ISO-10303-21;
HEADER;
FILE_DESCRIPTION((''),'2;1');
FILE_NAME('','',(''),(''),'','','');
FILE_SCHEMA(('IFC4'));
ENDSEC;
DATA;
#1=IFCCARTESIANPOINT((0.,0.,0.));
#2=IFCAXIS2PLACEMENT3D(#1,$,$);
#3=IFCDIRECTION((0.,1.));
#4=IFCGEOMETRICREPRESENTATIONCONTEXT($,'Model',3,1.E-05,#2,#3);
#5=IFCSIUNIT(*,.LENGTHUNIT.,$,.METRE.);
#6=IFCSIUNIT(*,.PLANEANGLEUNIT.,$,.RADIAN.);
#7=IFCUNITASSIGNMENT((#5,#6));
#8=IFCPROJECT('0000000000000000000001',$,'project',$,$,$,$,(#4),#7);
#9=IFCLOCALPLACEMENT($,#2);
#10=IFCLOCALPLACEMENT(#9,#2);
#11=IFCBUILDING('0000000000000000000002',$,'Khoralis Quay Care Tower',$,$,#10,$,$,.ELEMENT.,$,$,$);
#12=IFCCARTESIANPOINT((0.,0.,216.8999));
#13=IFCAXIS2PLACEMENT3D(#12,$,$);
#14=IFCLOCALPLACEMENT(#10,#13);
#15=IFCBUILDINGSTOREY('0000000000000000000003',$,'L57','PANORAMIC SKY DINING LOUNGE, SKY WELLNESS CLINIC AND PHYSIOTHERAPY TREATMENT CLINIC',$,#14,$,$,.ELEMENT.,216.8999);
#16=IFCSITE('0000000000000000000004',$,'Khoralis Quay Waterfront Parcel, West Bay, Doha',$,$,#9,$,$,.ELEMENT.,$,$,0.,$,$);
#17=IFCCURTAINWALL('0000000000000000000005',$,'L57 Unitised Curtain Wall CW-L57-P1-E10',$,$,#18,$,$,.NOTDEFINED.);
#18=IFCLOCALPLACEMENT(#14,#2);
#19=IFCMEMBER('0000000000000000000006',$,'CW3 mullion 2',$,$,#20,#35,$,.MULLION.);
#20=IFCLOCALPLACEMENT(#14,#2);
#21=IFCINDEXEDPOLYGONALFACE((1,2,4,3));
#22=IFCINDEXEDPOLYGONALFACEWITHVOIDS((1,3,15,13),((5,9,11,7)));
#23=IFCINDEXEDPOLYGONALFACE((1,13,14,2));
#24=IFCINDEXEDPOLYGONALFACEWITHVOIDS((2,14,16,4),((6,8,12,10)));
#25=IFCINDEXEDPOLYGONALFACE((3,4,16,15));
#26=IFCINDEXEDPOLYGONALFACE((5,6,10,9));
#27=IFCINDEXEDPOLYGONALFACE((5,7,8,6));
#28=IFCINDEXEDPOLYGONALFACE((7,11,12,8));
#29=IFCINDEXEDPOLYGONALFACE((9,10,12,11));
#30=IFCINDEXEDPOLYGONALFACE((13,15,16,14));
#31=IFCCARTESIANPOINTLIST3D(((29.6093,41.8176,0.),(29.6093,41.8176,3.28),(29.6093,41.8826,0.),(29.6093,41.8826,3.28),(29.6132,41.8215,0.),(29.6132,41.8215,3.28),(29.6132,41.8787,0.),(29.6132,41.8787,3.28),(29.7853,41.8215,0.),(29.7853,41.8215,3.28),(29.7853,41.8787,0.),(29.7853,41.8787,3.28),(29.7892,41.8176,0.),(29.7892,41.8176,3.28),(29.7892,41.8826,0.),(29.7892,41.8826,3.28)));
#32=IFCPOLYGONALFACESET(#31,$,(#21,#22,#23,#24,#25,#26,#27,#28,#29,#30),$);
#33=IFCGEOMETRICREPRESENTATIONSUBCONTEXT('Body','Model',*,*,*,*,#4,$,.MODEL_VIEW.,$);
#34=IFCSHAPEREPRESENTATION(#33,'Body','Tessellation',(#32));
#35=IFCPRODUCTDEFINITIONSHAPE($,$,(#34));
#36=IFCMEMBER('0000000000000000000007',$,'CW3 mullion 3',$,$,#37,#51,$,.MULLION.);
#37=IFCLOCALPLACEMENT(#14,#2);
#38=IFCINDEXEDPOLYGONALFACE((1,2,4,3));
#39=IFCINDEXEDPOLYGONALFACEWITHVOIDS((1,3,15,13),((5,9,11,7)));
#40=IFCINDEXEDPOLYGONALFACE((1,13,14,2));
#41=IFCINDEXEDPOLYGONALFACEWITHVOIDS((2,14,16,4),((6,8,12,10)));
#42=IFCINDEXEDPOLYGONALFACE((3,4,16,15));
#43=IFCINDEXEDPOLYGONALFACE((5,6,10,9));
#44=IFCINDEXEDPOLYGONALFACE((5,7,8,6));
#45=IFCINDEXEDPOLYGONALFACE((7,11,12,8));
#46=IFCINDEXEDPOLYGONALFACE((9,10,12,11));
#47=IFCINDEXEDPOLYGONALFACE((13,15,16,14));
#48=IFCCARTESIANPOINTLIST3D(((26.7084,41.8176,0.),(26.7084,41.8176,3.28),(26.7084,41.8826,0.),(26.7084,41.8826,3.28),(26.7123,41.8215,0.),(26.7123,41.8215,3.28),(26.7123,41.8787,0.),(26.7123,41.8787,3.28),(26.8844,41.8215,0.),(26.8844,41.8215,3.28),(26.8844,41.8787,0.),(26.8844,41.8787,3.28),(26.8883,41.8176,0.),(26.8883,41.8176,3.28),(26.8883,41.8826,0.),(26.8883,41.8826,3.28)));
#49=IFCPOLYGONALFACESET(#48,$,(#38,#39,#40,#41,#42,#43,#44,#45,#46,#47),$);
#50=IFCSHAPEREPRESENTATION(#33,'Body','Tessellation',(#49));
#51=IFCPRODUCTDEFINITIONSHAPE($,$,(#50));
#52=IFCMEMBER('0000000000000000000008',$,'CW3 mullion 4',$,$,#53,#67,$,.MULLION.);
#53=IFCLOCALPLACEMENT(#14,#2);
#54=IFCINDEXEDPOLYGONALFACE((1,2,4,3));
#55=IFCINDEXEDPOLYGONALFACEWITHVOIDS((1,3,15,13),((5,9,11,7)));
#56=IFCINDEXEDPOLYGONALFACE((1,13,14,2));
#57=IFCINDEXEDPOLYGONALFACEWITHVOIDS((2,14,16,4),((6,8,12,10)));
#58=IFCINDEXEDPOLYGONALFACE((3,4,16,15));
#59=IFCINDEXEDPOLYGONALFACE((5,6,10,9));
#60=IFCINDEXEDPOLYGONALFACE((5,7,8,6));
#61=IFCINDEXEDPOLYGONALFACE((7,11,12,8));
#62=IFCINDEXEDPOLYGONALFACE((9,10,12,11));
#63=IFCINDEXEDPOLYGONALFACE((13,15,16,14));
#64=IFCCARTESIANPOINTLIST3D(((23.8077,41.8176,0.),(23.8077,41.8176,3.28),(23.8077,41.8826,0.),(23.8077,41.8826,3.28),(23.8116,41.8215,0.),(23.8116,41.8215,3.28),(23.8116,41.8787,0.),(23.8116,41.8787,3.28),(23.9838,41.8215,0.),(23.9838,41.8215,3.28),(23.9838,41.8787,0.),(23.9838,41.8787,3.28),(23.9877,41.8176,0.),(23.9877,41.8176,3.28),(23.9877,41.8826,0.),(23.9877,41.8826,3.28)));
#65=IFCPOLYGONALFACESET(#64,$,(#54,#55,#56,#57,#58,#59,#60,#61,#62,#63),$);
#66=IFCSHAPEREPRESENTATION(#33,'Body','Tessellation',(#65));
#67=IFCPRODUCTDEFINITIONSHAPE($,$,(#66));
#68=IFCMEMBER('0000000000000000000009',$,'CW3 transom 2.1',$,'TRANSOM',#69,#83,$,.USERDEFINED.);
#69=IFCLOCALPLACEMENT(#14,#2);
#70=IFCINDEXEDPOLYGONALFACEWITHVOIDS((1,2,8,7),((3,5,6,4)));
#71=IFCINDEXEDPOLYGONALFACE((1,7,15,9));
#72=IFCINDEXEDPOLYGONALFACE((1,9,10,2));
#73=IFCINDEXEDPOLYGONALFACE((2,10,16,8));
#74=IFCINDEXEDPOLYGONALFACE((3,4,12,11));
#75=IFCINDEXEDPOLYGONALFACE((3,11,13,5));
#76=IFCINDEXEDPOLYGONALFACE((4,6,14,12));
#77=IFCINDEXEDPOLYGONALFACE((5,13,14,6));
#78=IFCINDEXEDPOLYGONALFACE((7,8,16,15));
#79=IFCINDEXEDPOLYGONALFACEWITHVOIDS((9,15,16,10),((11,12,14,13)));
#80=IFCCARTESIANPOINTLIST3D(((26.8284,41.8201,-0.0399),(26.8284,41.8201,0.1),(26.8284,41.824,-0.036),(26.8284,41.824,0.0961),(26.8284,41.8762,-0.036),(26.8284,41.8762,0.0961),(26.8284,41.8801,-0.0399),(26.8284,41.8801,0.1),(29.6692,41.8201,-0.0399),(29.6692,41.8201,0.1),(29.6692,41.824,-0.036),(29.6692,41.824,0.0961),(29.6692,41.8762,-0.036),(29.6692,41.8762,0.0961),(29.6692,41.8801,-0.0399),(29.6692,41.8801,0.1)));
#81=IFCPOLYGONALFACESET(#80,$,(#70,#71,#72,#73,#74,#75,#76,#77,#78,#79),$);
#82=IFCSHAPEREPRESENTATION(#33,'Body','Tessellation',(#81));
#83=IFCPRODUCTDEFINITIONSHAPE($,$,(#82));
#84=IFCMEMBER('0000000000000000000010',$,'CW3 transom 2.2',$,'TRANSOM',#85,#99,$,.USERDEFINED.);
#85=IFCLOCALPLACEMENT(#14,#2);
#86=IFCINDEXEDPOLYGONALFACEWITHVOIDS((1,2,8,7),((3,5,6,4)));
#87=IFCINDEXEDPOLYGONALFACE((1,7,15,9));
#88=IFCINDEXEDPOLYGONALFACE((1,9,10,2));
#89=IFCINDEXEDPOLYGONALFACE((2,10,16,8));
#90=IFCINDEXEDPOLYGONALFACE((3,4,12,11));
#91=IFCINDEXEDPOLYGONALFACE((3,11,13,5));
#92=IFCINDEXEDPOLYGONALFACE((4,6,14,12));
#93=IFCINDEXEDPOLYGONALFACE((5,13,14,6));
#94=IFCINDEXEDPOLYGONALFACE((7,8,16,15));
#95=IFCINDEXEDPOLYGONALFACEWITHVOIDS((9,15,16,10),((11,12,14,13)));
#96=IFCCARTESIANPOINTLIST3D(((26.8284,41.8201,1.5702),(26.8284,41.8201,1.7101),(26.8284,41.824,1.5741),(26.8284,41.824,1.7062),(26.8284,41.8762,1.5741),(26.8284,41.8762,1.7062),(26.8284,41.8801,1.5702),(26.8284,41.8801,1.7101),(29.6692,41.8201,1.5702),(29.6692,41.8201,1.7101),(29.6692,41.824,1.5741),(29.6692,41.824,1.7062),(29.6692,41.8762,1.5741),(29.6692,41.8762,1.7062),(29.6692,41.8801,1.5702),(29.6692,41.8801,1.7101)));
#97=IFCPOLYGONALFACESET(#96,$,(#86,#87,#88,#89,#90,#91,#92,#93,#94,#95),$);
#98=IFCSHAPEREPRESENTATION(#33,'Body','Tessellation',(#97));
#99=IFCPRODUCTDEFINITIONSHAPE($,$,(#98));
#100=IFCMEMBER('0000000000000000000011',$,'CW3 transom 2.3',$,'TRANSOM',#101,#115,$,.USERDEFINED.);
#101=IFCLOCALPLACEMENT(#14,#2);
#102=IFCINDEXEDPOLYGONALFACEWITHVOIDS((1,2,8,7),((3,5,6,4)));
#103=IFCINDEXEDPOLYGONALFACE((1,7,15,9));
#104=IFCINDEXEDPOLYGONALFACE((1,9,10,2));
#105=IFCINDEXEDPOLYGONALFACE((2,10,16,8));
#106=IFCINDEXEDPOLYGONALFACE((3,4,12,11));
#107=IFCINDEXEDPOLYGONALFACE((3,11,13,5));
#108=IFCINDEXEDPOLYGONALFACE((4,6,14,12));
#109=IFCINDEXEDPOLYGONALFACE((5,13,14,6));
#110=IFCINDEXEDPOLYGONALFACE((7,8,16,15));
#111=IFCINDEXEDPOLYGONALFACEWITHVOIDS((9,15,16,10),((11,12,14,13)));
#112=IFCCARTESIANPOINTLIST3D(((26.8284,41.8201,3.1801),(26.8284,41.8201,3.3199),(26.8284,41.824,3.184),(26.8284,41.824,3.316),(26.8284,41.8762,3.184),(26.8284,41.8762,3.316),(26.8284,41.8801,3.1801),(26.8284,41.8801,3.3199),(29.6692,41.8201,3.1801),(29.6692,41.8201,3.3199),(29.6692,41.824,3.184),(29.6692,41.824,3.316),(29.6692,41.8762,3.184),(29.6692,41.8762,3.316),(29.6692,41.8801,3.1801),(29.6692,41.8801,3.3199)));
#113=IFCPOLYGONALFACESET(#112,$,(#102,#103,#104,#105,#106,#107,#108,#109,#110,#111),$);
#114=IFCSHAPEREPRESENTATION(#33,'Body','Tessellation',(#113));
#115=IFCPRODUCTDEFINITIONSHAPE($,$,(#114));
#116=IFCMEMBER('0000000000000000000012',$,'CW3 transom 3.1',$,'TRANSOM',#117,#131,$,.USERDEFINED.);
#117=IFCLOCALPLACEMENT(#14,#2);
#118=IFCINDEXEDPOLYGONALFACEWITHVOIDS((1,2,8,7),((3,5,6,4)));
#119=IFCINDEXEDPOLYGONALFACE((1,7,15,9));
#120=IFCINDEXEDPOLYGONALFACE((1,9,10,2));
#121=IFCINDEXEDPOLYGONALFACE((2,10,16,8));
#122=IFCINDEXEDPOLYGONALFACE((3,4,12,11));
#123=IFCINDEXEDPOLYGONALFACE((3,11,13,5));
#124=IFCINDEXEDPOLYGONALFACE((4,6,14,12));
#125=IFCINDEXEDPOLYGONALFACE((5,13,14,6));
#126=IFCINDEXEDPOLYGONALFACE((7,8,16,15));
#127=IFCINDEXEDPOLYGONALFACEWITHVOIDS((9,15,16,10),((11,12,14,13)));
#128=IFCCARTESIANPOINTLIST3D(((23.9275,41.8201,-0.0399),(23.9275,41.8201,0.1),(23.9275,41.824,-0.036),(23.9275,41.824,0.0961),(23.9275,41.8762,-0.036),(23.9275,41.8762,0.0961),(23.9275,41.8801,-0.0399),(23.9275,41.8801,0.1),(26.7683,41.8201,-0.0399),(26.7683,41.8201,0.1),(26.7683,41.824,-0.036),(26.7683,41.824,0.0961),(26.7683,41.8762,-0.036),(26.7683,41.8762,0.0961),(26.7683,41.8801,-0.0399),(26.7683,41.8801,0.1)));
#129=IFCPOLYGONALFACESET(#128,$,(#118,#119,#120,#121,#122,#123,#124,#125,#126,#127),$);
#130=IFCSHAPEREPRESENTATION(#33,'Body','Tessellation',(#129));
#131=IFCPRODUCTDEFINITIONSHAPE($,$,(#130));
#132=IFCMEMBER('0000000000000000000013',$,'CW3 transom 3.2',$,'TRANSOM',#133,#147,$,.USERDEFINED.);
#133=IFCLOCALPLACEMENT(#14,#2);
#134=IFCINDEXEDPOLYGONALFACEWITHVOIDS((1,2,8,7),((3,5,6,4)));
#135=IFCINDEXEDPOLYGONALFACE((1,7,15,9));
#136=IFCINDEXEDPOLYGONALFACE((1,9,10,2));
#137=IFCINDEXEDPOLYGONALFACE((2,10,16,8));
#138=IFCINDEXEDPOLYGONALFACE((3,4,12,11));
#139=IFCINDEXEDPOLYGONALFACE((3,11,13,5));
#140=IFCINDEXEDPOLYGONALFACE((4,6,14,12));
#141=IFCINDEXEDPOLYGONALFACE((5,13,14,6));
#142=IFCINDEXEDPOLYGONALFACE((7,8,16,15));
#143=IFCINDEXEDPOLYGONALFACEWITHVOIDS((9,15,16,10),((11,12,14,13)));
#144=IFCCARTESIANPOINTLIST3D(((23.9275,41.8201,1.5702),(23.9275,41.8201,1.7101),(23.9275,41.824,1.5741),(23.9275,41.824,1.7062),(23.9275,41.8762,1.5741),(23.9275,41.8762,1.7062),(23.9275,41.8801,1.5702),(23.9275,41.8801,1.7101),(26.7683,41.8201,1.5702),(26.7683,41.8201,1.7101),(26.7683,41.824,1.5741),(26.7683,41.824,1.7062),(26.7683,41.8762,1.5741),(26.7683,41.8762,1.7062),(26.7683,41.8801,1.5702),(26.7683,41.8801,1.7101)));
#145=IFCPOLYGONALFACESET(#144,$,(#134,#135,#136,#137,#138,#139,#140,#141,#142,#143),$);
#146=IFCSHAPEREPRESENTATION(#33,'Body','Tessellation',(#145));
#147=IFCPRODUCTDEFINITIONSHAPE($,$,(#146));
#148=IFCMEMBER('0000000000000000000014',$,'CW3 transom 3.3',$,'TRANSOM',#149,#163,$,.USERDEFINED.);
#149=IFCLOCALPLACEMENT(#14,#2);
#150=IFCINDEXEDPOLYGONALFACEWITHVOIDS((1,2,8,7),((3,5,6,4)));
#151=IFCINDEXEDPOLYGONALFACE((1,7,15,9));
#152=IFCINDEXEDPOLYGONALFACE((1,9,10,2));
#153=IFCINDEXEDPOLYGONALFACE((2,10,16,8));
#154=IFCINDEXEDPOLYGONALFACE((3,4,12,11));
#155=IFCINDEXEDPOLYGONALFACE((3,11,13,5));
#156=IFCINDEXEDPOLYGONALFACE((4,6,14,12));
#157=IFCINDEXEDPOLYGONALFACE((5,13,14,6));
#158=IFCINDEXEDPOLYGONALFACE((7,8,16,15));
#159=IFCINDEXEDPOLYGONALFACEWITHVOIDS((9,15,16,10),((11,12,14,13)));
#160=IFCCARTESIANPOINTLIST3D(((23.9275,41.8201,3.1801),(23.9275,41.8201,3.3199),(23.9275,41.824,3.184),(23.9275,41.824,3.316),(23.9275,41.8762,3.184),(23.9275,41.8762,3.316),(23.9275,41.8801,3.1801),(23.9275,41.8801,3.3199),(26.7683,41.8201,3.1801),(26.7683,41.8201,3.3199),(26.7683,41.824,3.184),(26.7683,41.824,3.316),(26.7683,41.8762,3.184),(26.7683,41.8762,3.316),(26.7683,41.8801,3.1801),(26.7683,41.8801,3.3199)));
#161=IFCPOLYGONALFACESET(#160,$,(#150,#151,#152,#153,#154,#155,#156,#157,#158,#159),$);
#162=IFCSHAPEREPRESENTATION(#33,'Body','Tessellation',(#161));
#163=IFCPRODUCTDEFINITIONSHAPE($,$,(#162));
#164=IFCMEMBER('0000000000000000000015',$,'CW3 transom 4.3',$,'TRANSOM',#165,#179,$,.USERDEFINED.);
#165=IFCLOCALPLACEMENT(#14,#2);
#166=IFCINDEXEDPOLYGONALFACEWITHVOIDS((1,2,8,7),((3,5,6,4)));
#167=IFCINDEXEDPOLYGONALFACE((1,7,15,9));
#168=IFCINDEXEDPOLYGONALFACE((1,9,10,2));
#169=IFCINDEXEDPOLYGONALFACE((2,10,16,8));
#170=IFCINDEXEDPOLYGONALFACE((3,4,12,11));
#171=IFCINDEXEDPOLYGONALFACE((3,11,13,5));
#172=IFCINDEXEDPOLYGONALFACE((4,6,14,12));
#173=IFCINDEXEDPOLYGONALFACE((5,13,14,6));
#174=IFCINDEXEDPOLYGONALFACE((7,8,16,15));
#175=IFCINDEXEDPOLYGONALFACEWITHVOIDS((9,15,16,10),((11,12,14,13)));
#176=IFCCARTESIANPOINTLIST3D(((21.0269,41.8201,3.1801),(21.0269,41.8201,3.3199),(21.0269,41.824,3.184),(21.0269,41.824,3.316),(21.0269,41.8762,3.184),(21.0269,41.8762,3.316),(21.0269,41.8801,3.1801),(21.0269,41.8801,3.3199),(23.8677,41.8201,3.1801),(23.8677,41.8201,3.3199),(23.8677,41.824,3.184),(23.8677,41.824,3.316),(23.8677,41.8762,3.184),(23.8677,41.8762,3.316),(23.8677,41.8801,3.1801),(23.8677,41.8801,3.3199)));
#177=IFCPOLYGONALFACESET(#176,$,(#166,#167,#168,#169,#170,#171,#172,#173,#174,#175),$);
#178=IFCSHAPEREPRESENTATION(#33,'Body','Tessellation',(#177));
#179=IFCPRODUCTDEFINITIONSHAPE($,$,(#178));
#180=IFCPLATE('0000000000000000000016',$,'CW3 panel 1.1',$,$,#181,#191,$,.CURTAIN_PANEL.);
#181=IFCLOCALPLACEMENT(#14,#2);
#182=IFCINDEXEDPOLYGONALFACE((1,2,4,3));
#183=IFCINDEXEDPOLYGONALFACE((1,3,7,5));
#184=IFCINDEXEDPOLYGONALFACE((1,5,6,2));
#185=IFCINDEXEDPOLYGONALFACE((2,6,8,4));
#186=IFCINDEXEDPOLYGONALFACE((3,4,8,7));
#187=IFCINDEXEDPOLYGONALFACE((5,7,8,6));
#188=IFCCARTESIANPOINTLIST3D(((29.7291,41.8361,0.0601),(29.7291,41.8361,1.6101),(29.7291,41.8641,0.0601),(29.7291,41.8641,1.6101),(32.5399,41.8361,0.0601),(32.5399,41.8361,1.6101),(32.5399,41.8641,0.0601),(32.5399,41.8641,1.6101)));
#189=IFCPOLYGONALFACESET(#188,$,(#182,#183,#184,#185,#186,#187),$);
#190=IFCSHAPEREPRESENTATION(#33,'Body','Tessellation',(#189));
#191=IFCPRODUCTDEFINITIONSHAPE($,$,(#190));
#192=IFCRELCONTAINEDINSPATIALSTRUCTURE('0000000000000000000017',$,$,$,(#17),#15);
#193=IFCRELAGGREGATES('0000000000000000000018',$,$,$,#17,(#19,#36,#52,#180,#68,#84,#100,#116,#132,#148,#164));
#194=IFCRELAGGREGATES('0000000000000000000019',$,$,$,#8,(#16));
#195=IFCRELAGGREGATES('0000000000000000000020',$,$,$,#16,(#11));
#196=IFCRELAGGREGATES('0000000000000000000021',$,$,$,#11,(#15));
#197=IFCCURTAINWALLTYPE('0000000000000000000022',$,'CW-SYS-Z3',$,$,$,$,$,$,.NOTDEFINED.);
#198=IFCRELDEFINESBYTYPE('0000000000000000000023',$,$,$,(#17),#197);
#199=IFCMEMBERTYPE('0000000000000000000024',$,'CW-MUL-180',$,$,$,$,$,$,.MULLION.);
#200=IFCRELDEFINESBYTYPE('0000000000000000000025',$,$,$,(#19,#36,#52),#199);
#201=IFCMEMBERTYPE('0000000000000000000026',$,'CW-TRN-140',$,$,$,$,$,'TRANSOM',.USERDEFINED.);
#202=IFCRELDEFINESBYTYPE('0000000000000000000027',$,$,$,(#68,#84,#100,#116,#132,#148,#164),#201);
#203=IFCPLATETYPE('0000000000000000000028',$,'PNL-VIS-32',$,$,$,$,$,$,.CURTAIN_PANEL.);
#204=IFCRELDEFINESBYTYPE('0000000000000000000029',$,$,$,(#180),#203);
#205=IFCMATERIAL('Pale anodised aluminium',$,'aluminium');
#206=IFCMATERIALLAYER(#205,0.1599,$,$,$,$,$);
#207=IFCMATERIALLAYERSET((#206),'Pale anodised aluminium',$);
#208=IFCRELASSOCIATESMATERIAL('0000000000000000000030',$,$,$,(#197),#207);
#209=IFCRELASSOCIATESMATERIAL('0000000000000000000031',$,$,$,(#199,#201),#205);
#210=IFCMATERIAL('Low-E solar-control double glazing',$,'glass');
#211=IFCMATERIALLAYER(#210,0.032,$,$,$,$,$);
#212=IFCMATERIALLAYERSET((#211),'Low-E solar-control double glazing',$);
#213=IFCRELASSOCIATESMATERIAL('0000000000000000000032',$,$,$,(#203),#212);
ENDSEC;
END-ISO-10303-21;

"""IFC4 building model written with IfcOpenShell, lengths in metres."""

from ifc_helpers import new_model, si_unit, direction, frame, origin, origin_2d, place, context, subcontext, project, spatial, rectangle, hollow_rectangle, extrude, source, transform, mapped, material, layer, layer_set, material_profile, profile_set, type_object, element, aggregate, save


model = new_model("IFC4")

# Units and contexts
model_context = context("Model", 3, precision=1e-05, world=origin(), true_north=direction((0.0, 1.0)))
body_context = subcontext(model_context, "Body", "Model", "MODEL_VIEW")
ifc_project = project(units=[si_unit("LENGTHUNIT", "METRE"), si_unit("PLANEANGLEUNIT", "RADIAN")], contexts=[model_context])

# Site, building, storey
site_placement = place(None, origin())
site = spatial("IfcSite", under=ifc_project, at=site_placement, Name="Khoralis Quay Waterfront Parcel, West Bay, Doha", CompositionType="ELEMENT", RefElevation=0.0)
building_placement = place(site_placement, origin())
building = spatial("IfcBuilding", under=site, at=building_placement, Name="Khoralis Quay Care Tower", CompositionType="ELEMENT")
storey_placement = place(building_placement, frame((0.0, 0.0, 216.8999)))
storey = spatial("IfcBuildingStorey", under=building, at=storey_placement, Name="L57", Description="PANORAMIC SKY DINING LOUNGE, SKY WELLNESS CLINIC AND PHYSIOTHERAPY TREATMENT CLINIC", CompositionType="ELEMENT", Elevation=216.8999)

# Curtain wall, members, plate
ifc_material_1 = material(Name="Pale anodised aluminium", Category="aluminium")
ifc_layer_1 = layer(ifc_material_1, 0.1599)
ifc_layer_set_1 = layer_set([ifc_layer_1], Name="Pale anodised aluminium")
curtain_wall_type = type_object("IfcCurtainWallType", Name="CW-SYS-Z3", PredefinedType="NOTDEFINED", material=ifc_layer_set_1)
curtain_wall_placement = place(storey_placement, origin())
curtain_wall = element("IfcCurtainWall", 1, at=curtain_wall_placement, inside=storey, type_object=curtain_wall_type, Name="L57 Unitised Curtain Wall CW-L57-P1-E10", PredefinedType="NOTDEFINED")
ifc_material_profile_1 = material_profile(ifc_material_1, hollow_rectangle(XDim=0.0649, YDim=0.1799, WallThickness=0.0039, at=origin_2d()), Name="Pale anodised aluminium")
ifc_profile_set_1 = profile_set([ifc_material_profile_1], Name="Pale anodised aluminium")
member_type_1 = type_object("IfcMemberType", Name="CW-MUL-180", PredefinedType="MULLION", material=ifc_profile_set_1)
shared_shape_1 = source(origin(), body_context, "Body", "SweptSolid", [
    extrude(hollow_rectangle(XDim=0.0649, YDim=0.1799, WallThickness=0.0039, at=origin_2d()), origin(), (0.0, 0.0, 1.0), 3.28),
])
member_1_placement = place(storey_placement, frame((29.6992, 41.8501, 0.0), z_axis=(0.0, 0.0, 1.0), x_axis=(0.0, -1.0, 0.0)))
member_1 = element("IfcMember", 2, at=member_1_placement, type_object=member_type_1, Name="CW3 mullion 2", PredefinedType="MULLION", context=body_context, shape_type="MappedRepresentation", body=[
    mapped(shared_shape_1, transform((0.0, 0.0, 0.0), scale=1.0)),
])
member_2_placement = place(storey_placement, frame((26.7983, 41.8501, 0.0), z_axis=(0.0, 0.0, 1.0), x_axis=(0.0, -1.0, 0.0)))
member_2 = element("IfcMember", 3, at=member_2_placement, type_object=member_type_1, Name="CW3 mullion 3", PredefinedType="MULLION", context=body_context, shape_type="MappedRepresentation", body=[
    mapped(shared_shape_1, transform((0.0, 0.0, 0.0), scale=1.0)),
])
member_3_placement = place(storey_placement, frame((23.8977, 41.8501, 0.0), z_axis=(0.0, 0.0, 1.0), x_axis=(0.0, -1.0, 0.0)))
member_3 = element("IfcMember", 4, at=member_3_placement, type_object=member_type_1, Name="CW3 mullion 4", PredefinedType="MULLION", context=body_context, shape_type="MappedRepresentation", body=[
    mapped(shared_shape_1, transform((0.0, 0.0, 0.0), scale=1.0)),
])
ifc_material_profile_2 = material_profile(ifc_material_1, hollow_rectangle(XDim=0.0601, YDim=0.1399, WallThickness=0.0039, at=origin_2d()), Name="Pale anodised aluminium")
ifc_profile_set_2 = profile_set([ifc_material_profile_2], Name="Pale anodised aluminium")
member_type_2 = type_object("IfcMemberType", Name="CW-TRN-140", ElementType="TRANSOM", PredefinedType="USERDEFINED", material=ifc_profile_set_2)
shared_shape_2 = source(origin(), body_context, "Body", "SweptSolid", [
    extrude(hollow_rectangle(XDim=0.0601, YDim=0.1399, WallThickness=0.0039, at=origin_2d()), origin(), (0.0, 0.0, 1.0), 2.8408),
])
member_4_placement = place(storey_placement, frame((29.6692, 41.8501, 0.03), z_axis=(-1.0, 0.0, 0.0), x_axis=(0.0, -1.0, 0.0)))
member_4 = element("IfcMember", 5, at=member_4_placement, type_object=member_type_2, Name="CW3 transom 2.1", ObjectType="TRANSOM", PredefinedType="USERDEFINED", context=body_context, shape_type="MappedRepresentation", body=[
    mapped(shared_shape_2, transform((0.0, 0.0, 0.0), scale=1.0)),
])
member_5_placement = place(storey_placement, frame((29.6692, 41.8501, 1.6401), z_axis=(-1.0, 0.0, 0.0), x_axis=(0.0, -1.0, 0.0)))
member_5 = element("IfcMember", 6, at=member_5_placement, type_object=member_type_2, Name="CW3 transom 2.2", ObjectType="TRANSOM", PredefinedType="USERDEFINED", context=body_context, shape_type="MappedRepresentation", body=[
    mapped(shared_shape_2, transform((0.0, 0.0, 0.0), scale=1.0)),
])
member_6_placement = place(storey_placement, frame((29.6692, 41.8501, 3.25), z_axis=(-1.0, 0.0, 0.0), x_axis=(0.0, -1.0, 0.0)))
member_6 = element("IfcMember", 7, at=member_6_placement, type_object=member_type_2, Name="CW3 transom 2.3", ObjectType="TRANSOM", PredefinedType="USERDEFINED", context=body_context, shape_type="MappedRepresentation", body=[
    mapped(shared_shape_2, transform((0.0, 0.0, 0.0), scale=1.0)),
])
member_7_placement = place(storey_placement, frame((26.7683, 41.8501, 0.03), z_axis=(-1.0, 0.0, 0.0), x_axis=(0.0, -1.0, 0.0)))
member_7 = element("IfcMember", 8, at=member_7_placement, type_object=member_type_2, Name="CW3 transom 3.1", ObjectType="TRANSOM", PredefinedType="USERDEFINED", context=body_context, shape_type="MappedRepresentation", body=[
    mapped(shared_shape_2, transform((0.0, 0.0, 0.0), scale=1.0)),
])
member_8_placement = place(storey_placement, frame((26.7683, 41.8501, 1.6401), z_axis=(-1.0, 0.0, 0.0), x_axis=(0.0, -1.0, 0.0)))
member_8 = element("IfcMember", 9, at=member_8_placement, type_object=member_type_2, Name="CW3 transom 3.2", ObjectType="TRANSOM", PredefinedType="USERDEFINED", context=body_context, shape_type="MappedRepresentation", body=[
    mapped(shared_shape_2, transform((0.0, 0.0, 0.0), scale=1.0)),
])
member_9_placement = place(storey_placement, frame((26.7683, 41.8501, 3.25), z_axis=(-1.0, 0.0, 0.0), x_axis=(0.0, -1.0, 0.0)))
member_9 = element("IfcMember", 10, at=member_9_placement, type_object=member_type_2, Name="CW3 transom 3.3", ObjectType="TRANSOM", PredefinedType="USERDEFINED", context=body_context, shape_type="MappedRepresentation", body=[
    mapped(shared_shape_2, transform((0.0, 0.0, 0.0), scale=1.0)),
])
member_10_placement = place(storey_placement, frame((23.8677, 41.8501, 3.25), z_axis=(-1.0, 0.0, 0.0), x_axis=(0.0, -1.0, 0.0)))
member_10 = element("IfcMember", 11, at=member_10_placement, type_object=member_type_2, Name="CW3 transom 4.3", ObjectType="TRANSOM", PredefinedType="USERDEFINED", context=body_context, shape_type="MappedRepresentation", body=[
    mapped(shared_shape_2, transform((0.0, 0.0, 0.0), scale=1.0)),
])
ifc_material_2 = material(Name="Low-E solar-control double glazing", Category="glass")
ifc_layer_2 = layer(ifc_material_2, 0.032)
ifc_layer_set_2 = layer_set([ifc_layer_2], Name="Low-E solar-control double glazing")
plate_type = type_object("IfcPlateType", Name="PNL-VIS-32", PredefinedType="CURTAIN_PANEL", material=ifc_layer_set_2)
shared_shape_3 = source(origin(), body_context, "Body", "SweptSolid", [
    extrude(rectangle(XDim=2.8108, YDim=0.0281, at=origin_2d()), origin(), (0.0, 0.0, 1.0), 1.55),
])
plate_1_placement = place(storey_placement, frame((31.1345, 41.8501, 0.0601), z_axis=(0.0, 0.0, 1.0), x_axis=(-1.0, 0.0, 0.0)))
plate_1 = element("IfcPlate", 12, at=plate_1_placement, type_object=plate_type, Name="CW3 panel 1.1", PredefinedType="CURTAIN_PANEL", context=body_context, shape_type="MappedRepresentation", body=[
    mapped(shared_shape_3, transform((0.0, 0.0, 0.0), scale=1.0)),
])
aggregate(curtain_wall, [member_1, member_2, member_3, plate_1, member_4, member_5, member_6, member_7, member_8, member_9, member_10])

save(model, "model.ifc")
